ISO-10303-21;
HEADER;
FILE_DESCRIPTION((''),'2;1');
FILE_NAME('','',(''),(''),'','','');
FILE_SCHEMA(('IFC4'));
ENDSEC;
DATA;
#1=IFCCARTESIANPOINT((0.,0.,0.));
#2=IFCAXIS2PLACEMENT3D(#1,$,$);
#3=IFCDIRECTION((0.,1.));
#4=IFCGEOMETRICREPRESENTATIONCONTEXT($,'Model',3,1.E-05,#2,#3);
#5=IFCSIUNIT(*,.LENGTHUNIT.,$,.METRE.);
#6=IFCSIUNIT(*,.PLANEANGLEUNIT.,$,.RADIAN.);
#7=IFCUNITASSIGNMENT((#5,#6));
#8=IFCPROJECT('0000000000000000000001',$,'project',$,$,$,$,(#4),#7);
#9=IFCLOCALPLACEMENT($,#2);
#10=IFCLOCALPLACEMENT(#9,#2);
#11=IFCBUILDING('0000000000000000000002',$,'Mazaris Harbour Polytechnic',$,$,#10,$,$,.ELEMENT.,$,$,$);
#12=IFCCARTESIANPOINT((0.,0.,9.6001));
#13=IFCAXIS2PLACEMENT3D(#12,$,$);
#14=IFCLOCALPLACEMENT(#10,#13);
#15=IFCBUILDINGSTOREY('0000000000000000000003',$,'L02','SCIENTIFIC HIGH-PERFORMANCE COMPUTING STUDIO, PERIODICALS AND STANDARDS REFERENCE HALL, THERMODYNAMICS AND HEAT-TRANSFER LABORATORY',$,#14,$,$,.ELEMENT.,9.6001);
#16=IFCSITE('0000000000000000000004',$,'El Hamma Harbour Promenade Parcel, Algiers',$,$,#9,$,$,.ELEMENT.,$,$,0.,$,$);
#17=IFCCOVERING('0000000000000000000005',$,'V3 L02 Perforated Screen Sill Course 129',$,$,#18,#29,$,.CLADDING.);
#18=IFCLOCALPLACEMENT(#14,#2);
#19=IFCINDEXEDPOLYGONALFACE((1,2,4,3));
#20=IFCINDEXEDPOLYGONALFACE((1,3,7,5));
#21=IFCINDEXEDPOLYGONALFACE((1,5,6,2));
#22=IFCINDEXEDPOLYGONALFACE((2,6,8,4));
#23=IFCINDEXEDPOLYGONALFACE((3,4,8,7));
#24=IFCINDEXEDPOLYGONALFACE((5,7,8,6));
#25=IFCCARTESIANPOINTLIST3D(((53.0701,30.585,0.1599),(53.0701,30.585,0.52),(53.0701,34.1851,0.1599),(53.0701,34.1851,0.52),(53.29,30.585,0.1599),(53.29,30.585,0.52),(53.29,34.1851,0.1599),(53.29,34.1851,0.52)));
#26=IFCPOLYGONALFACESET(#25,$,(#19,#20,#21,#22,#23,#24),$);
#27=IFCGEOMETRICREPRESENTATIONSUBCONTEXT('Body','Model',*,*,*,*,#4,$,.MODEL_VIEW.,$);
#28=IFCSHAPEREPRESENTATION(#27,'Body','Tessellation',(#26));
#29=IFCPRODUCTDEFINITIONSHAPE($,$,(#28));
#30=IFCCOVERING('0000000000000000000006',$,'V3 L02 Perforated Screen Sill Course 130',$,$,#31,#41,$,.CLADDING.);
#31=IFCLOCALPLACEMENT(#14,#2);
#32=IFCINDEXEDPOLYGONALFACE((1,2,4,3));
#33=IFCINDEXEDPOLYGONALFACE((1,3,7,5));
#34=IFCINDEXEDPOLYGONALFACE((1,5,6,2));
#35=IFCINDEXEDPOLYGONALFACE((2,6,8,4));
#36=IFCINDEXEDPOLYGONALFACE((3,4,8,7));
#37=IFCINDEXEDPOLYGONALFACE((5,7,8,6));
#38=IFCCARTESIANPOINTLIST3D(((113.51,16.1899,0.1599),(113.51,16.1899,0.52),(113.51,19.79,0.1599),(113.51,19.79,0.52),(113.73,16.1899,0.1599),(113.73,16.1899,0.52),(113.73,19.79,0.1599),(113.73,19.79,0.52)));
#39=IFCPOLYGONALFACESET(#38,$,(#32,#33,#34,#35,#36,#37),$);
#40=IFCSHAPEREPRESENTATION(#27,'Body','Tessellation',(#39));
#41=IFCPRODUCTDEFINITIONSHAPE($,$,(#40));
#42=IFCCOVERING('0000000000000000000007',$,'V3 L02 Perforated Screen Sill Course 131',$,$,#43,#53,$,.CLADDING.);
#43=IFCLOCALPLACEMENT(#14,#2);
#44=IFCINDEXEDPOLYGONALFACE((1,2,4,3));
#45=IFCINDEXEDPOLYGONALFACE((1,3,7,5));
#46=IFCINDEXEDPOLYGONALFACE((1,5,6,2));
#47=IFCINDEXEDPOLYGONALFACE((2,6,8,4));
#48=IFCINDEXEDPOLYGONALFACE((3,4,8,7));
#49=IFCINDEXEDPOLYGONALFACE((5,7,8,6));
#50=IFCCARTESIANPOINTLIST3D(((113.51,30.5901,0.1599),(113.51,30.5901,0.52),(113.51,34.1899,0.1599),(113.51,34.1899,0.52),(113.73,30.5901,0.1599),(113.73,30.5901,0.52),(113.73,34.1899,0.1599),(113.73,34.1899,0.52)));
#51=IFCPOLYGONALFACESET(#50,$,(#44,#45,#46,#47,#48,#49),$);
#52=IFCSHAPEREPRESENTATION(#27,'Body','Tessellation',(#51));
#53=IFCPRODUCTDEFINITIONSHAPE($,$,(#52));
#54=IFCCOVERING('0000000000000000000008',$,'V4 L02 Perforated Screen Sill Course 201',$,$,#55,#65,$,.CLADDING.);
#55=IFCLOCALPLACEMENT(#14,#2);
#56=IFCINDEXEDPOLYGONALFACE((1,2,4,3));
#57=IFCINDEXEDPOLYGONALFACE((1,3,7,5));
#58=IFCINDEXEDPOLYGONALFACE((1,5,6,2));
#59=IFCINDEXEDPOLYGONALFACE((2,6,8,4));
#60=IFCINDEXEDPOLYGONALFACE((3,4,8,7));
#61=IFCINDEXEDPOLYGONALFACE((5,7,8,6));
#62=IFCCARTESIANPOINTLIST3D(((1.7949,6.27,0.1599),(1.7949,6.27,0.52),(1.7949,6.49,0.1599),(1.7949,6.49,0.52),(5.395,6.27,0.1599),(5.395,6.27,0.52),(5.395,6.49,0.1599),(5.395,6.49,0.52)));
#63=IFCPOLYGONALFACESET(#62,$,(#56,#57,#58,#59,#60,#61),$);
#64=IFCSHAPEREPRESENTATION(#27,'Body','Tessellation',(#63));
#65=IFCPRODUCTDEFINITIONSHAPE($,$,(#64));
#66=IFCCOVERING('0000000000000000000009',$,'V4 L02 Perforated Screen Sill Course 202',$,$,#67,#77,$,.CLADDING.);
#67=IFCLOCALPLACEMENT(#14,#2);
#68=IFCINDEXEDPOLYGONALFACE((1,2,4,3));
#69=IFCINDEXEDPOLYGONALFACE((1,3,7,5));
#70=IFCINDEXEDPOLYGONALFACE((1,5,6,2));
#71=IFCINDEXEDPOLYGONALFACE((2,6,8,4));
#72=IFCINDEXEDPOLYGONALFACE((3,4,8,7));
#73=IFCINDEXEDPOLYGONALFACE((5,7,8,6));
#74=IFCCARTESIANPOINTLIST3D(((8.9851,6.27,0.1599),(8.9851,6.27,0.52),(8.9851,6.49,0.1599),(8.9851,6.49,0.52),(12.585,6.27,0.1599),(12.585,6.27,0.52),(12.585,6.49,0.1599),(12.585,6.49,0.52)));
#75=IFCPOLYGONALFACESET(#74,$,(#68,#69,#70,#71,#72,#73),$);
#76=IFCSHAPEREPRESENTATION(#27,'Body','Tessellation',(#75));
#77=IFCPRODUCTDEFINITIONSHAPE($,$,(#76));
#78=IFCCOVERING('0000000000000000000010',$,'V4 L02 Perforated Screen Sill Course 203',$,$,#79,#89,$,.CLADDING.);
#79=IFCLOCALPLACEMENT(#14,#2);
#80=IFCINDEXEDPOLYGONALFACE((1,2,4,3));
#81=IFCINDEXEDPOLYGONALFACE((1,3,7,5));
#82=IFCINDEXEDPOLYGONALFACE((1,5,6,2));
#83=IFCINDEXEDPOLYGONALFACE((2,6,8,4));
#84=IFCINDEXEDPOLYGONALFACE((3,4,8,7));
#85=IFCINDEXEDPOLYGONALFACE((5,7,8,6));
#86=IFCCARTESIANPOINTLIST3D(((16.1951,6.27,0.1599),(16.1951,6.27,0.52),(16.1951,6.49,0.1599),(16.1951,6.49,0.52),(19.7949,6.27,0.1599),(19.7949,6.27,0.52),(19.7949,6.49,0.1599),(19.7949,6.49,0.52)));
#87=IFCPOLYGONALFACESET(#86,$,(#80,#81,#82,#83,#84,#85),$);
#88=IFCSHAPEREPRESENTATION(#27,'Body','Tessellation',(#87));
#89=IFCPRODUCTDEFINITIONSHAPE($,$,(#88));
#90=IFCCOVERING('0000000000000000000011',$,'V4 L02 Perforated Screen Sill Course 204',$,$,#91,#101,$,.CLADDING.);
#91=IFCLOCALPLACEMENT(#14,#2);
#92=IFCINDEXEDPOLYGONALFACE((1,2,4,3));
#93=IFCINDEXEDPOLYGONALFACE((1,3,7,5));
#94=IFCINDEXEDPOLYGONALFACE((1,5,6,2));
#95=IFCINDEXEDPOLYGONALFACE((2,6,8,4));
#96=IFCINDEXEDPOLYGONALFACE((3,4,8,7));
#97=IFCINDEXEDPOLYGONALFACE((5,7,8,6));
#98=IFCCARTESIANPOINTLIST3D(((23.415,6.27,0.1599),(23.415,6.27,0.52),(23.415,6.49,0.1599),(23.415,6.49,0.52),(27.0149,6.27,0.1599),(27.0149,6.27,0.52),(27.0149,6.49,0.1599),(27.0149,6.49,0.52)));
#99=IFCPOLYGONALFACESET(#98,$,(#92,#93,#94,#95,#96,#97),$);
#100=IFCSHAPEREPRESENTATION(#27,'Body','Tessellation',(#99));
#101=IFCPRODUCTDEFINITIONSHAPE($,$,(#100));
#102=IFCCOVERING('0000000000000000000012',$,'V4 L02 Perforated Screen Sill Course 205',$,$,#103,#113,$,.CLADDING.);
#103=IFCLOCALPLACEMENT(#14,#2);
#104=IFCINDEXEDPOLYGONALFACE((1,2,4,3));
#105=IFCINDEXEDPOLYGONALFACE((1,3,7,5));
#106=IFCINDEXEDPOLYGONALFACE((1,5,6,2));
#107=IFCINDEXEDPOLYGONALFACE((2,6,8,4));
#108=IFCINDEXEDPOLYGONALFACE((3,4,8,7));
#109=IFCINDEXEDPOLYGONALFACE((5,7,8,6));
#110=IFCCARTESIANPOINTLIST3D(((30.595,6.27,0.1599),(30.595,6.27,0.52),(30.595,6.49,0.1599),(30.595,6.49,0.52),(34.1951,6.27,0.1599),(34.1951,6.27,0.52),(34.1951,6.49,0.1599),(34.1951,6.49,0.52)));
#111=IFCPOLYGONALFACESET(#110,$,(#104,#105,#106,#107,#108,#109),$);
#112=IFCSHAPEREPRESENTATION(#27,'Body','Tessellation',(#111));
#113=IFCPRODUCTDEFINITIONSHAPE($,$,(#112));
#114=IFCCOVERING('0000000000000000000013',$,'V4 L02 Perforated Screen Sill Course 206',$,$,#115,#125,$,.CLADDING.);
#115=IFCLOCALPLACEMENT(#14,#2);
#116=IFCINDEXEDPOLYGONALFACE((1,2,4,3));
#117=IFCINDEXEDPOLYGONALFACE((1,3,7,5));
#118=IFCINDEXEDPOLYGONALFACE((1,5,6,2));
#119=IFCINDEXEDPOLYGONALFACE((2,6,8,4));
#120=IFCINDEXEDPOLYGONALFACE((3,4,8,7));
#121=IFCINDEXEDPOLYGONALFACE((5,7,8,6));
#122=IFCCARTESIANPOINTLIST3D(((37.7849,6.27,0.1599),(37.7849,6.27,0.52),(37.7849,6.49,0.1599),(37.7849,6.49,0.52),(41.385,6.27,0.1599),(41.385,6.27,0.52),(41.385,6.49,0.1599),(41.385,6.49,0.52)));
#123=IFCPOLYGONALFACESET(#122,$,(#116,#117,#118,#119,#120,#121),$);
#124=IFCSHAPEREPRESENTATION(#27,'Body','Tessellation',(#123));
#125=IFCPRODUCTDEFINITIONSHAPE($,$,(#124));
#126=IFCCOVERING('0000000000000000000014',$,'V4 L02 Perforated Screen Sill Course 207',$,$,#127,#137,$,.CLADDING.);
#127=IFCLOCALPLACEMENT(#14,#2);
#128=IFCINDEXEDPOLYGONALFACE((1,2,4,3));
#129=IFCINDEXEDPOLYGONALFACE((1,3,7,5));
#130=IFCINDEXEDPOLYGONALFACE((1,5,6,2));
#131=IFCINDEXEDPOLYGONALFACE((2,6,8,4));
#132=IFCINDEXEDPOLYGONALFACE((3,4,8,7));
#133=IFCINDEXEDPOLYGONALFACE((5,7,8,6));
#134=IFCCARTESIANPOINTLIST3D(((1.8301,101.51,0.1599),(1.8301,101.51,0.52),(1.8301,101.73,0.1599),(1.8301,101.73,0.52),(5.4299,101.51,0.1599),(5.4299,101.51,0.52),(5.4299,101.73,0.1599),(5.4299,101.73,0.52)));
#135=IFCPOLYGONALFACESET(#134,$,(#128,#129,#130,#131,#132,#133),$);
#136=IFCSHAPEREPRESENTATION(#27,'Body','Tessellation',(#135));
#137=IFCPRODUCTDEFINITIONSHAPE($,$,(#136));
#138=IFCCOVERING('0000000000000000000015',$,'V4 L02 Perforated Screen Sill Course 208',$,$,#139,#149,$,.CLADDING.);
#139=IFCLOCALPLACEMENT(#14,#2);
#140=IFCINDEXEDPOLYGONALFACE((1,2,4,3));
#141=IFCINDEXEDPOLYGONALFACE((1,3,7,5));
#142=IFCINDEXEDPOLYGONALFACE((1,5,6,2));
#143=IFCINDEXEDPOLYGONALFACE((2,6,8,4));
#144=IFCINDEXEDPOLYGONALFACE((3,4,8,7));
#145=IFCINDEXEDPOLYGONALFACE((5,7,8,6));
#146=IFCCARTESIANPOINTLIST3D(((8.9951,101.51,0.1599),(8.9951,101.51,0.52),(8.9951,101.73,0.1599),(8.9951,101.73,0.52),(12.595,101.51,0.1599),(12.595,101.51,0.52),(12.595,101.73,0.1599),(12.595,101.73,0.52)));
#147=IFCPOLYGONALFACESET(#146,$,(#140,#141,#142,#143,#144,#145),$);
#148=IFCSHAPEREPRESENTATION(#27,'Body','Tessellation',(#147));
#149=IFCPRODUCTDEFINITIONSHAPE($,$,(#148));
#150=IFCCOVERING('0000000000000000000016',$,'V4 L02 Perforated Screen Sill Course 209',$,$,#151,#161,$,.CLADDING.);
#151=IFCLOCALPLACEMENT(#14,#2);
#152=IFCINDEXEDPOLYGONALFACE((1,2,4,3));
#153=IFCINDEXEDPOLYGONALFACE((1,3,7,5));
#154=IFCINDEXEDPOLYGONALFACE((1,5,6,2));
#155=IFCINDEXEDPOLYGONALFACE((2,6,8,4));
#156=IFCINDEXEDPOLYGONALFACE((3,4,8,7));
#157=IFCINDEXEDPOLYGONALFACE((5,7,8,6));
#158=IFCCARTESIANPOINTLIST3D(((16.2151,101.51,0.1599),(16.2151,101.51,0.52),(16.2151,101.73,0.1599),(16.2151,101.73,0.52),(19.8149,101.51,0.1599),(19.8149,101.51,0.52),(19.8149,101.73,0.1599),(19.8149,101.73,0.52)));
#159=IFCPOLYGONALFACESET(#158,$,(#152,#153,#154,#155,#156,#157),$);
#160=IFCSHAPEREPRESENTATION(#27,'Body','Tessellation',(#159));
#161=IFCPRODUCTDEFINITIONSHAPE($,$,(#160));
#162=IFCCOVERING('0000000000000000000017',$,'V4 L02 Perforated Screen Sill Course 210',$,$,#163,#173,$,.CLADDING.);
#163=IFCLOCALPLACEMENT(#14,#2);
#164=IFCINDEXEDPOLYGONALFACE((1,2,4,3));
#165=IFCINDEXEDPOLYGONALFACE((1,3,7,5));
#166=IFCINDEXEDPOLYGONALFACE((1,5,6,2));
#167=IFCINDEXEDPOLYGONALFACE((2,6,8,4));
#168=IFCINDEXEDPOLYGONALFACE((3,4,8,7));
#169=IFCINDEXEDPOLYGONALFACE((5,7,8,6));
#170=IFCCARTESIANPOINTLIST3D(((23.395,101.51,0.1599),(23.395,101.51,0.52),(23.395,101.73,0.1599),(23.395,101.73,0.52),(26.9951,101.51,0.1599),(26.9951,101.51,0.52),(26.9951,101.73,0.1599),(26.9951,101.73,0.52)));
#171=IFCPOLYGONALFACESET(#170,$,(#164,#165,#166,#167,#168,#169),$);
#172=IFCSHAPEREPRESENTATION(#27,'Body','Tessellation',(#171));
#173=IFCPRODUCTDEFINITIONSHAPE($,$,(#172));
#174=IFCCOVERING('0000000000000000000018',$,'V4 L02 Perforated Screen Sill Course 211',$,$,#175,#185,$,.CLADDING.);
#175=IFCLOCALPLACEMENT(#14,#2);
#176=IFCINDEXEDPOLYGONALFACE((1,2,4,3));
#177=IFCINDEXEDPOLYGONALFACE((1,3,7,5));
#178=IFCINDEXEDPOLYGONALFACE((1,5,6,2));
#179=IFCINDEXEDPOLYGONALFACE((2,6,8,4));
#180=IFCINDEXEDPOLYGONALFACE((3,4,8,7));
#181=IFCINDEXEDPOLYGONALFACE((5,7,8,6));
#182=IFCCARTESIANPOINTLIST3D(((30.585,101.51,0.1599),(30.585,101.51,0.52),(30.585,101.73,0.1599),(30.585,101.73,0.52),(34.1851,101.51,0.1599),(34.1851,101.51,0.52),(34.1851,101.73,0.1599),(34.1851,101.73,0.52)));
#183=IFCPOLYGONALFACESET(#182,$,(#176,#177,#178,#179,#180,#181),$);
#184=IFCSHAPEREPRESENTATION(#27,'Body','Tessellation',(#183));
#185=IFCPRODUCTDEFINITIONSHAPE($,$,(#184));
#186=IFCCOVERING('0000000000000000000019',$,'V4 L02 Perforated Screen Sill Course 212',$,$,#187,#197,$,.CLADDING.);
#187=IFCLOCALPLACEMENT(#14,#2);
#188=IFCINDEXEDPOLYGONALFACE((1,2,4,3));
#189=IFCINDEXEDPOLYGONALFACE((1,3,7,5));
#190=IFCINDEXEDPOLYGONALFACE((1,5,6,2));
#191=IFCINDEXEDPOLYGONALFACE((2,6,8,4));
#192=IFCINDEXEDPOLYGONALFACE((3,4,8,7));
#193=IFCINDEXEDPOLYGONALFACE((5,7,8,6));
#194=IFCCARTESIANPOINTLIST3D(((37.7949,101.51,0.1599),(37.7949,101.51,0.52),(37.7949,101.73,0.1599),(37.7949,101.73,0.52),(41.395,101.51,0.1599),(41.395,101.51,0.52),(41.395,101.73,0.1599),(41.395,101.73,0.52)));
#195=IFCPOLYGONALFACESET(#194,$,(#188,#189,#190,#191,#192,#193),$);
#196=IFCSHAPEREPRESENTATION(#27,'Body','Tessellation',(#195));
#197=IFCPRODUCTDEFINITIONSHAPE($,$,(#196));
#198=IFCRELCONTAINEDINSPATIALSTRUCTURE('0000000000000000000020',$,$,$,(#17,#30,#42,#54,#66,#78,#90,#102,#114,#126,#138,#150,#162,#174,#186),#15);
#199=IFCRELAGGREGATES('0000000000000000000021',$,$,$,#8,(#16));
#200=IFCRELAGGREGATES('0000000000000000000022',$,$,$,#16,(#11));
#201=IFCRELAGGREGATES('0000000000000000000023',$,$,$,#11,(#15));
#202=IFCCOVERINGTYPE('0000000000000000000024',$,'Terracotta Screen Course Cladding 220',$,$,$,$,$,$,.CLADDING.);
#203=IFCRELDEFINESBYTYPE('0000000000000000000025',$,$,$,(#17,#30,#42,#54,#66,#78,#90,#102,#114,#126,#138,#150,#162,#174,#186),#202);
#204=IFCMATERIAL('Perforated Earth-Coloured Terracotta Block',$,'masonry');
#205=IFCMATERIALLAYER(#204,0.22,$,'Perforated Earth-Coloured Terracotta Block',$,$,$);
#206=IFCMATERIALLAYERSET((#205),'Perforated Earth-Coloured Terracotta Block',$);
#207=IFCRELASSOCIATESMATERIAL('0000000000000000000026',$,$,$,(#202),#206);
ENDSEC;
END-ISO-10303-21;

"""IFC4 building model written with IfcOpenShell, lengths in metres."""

from ifc_helpers import new_model, si_unit, direction, frame, origin, place, context, subcontext, project, spatial, polyline, outline, extrude, material, layer, layer_set, type_object, element, save


model = new_model("IFC4")

# Units and contexts
model_context = context("Model", 3, precision=1e-05, world=origin(), true_north=direction((0.0, 1.0)))
body_context = subcontext(model_context, "Body", "Model", "MODEL_VIEW")
ifc_project = project(units=[si_unit("LENGTHUNIT", "METRE"), si_unit("PLANEANGLEUNIT", "RADIAN")], contexts=[model_context])

# Site, building, storey
site_placement = place(None, origin())
site = spatial("IfcSite", under=ifc_project, at=site_placement, Name="El Hamma Harbour Promenade Parcel, Algiers", CompositionType="ELEMENT", RefElevation=0.0)
building_placement = place(site_placement, origin())
building = spatial("IfcBuilding", under=site, at=building_placement, Name="Mazaris Harbour Polytechnic", CompositionType="ELEMENT")
storey_placement = place(building_placement, frame((0.0, 0.0, 9.6001)))
storey = spatial("IfcBuildingStorey", under=building, at=storey_placement, Name="L02", Description="SCIENTIFIC HIGH-PERFORMANCE COMPUTING STUDIO, PERIODICALS AND STANDARDS REFERENCE HALL, THERMODYNAMICS AND HEAT-TRANSFER LABORATORY", CompositionType="ELEMENT", Elevation=9.6001)

# Coverings
ifc_material = material(Name="Perforated Earth-Coloured Terracotta Block", Category="masonry")
ifc_layer = layer(ifc_material, 0.22, Name="Perforated Earth-Coloured Terracotta Block")
ifc_layer_set = layer_set([ifc_layer], Name="Perforated Earth-Coloured Terracotta Block")
covering_type = type_object("IfcCoveringType", Name="Terracotta Screen Course Cladding 220", PredefinedType="CLADDING", material=ifc_layer_set)
covering_1_placement = place(storey_placement, frame((0.0, 0.0, 0.1599)))
element("IfcCovering", 1, at=covering_1_placement, inside=storey, type_object=covering_type, Name="V3 L02 Perforated Screen Sill Course 129", PredefinedType="CLADDING", context=body_context, shape_type="SweptSolid", body=[
    extrude(outline(polyline([(53.29, 30.585), (53.29, 34.1851), (53.0701, 34.1851), (53.0701, 30.585), (53.29, 30.585)])), origin(), (0.0, 0.0, 1.0), 0.3601),
])
covering_2_placement = place(storey_placement, frame((0.0, 0.0, 0.1599)))
element("IfcCovering", 2, at=covering_2_placement, inside=storey, type_object=covering_type, Name="V3 L02 Perforated Screen Sill Course 130", PredefinedType="CLADDING", context=body_context, shape_type="SweptSolid", body=[
    extrude(outline(polyline([(113.51, 19.79), (113.51, 16.1899), (113.73, 16.1899), (113.73, 19.79), (113.51, 19.79)])), origin(), (0.0, 0.0, 1.0), 0.3601),
])
covering_3_placement = place(storey_placement, frame((0.0, 0.0, 0.1599)))
element("IfcCovering", 3, at=covering_3_placement, inside=storey, type_object=covering_type, Name="V3 L02 Perforated Screen Sill Course 131", PredefinedType="CLADDING", context=body_context, shape_type="SweptSolid", body=[
    extrude(outline(polyline([(113.51, 34.1899), (113.51, 30.5901), (113.73, 30.5901), (113.73, 34.1899), (113.51, 34.1899)])), origin(), (0.0, 0.0, 1.0), 0.3601),
])
covering_4_placement = place(storey_placement, frame((0.0, 0.0, 0.1599)))
element("IfcCovering", 4, at=covering_4_placement, inside=storey, type_object=covering_type, Name="V4 L02 Perforated Screen Sill Course 201", PredefinedType="CLADDING", context=body_context, shape_type="SweptSolid", body=[
    extrude(outline(polyline([(5.395, 6.49), (1.7949, 6.49), (1.7949, 6.27), (5.395, 6.27), (5.395, 6.49)])), origin(), (0.0, 0.0, 1.0), 0.3601),
])
covering_5_placement = place(storey_placement, frame((0.0, 0.0, 0.1599)))
element("IfcCovering", 5, at=covering_5_placement, inside=storey, type_object=covering_type, Name="V4 L02 Perforated Screen Sill Course 202", PredefinedType="CLADDING", context=body_context, shape_type="SweptSolid", body=[
    extrude(outline(polyline([(12.585, 6.49), (8.9851, 6.49), (8.9851, 6.27), (12.585, 6.27), (12.585, 6.49)])), origin(), (0.0, 0.0, 1.0), 0.3601),
])
covering_6_placement = place(storey_placement, frame((0.0, 0.0, 0.1599)))
element("IfcCovering", 6, at=covering_6_placement, inside=storey, type_object=covering_type, Name="V4 L02 Perforated Screen Sill Course 203", PredefinedType="CLADDING", context=body_context, shape_type="SweptSolid", body=[
    extrude(outline(polyline([(19.7949, 6.49), (16.1951, 6.49), (16.1951, 6.27), (19.7949, 6.27), (19.7949, 6.49)])), origin(), (0.0, 0.0, 1.0), 0.3601),
])
covering_7_placement = place(storey_placement, frame((0.0, 0.0, 0.1599)))
element("IfcCovering", 7, at=covering_7_placement, inside=storey, type_object=covering_type, Name="V4 L02 Perforated Screen Sill Course 204", PredefinedType="CLADDING", context=body_context, shape_type="SweptSolid", body=[
    extrude(outline(polyline([(27.0149, 6.49), (23.415, 6.49), (23.415, 6.27), (27.0149, 6.27), (27.0149, 6.49)])), origin(), (0.0, 0.0, 1.0), 0.3601),
])
covering_8_placement = place(storey_placement, frame((0.0, 0.0, 0.1599)))
element("IfcCovering", 8, at=covering_8_placement, inside=storey, type_object=covering_type, Name="V4 L02 Perforated Screen Sill Course 205", PredefinedType="CLADDING", context=body_context, shape_type="SweptSolid", body=[
    extrude(outline(polyline([(34.1951, 6.49), (30.595, 6.49), (30.595, 6.27), (34.1951, 6.27), (34.1951, 6.49)])), origin(), (0.0, 0.0, 1.0), 0.3601),
])
covering_9_placement = place(storey_placement, frame((0.0, 0.0, 0.1599)))
element("IfcCovering", 9, at=covering_9_placement, inside=storey, type_object=covering_type, Name="V4 L02 Perforated Screen Sill Course 206", PredefinedType="CLADDING", context=body_context, shape_type="SweptSolid", body=[
    extrude(outline(polyline([(41.385, 6.49), (37.7849, 6.49), (37.7849, 6.27), (41.385, 6.27), (41.385, 6.49)])), origin(), (0.0, 0.0, 1.0), 0.3601),
])
covering_10_placement = place(storey_placement, frame((0.0, 0.0, 0.1599)))
element("IfcCovering", 10, at=covering_10_placement, inside=storey, type_object=covering_type, Name="V4 L02 Perforated Screen Sill Course 207", PredefinedType="CLADDING", context=body_context, shape_type="SweptSolid", body=[
    extrude(outline(polyline([(1.8301, 101.51), (5.4299, 101.51), (5.4299, 101.73), (1.8301, 101.73), (1.8301, 101.51)])), origin(), (0.0, 0.0, 1.0), 0.3601),
])
covering_11_placement = place(storey_placement, frame((0.0, 0.0, 0.1599)))
element("IfcCovering", 11, at=covering_11_placement, inside=storey, type_object=covering_type, Name="V4 L02 Perforated Screen Sill Course 208", PredefinedType="CLADDING", context=body_context, shape_type="SweptSolid", body=[
    extrude(outline(polyline([(8.9951, 101.51), (12.595, 101.51), (12.595, 101.73), (8.9951, 101.73), (8.9951, 101.51)])), origin(), (0.0, 0.0, 1.0), 0.3601),
])
covering_12_placement = place(storey_placement, frame((0.0, 0.0, 0.1599)))
element("IfcCovering", 12, at=covering_12_placement, inside=storey, type_object=covering_type, Name="V4 L02 Perforated Screen Sill Course 209", PredefinedType="CLADDING", context=body_context, shape_type="SweptSolid", body=[
    extrude(outline(polyline([(16.2151, 101.51), (19.8149, 101.51), (19.8149, 101.73), (16.2151, 101.73), (16.2151, 101.51)])), origin(), (0.0, 0.0, 1.0), 0.3601),
])
covering_13_placement = place(storey_placement, frame((0.0, 0.0, 0.1599)))
element("IfcCovering", 13, at=covering_13_placement, inside=storey, type_object=covering_type, Name="V4 L02 Perforated Screen Sill Course 210", PredefinedType="CLADDING", context=body_context, shape_type="SweptSolid", body=[
    extrude(outline(polyline([(23.395, 101.51), (26.9951, 101.51), (26.9951, 101.73), (23.395, 101.73), (23.395, 101.51)])), origin(), (0.0, 0.0, 1.0), 0.3601),
])
covering_14_placement = place(storey_placement, frame((0.0, 0.0, 0.1599)))
element("IfcCovering", 14, at=covering_14_placement, inside=storey, type_object=covering_type, Name="V4 L02 Perforated Screen Sill Course 211", PredefinedType="CLADDING", context=body_context, shape_type="SweptSolid", body=[
    extrude(outline(polyline([(30.585, 101.51), (34.1851, 101.51), (34.1851, 101.73), (30.585, 101.73), (30.585, 101.51)])), origin(), (0.0, 0.0, 1.0), 0.3601),
])
covering_15_placement = place(storey_placement, frame((0.0, 0.0, 0.1599)))
element("IfcCovering", 15, at=covering_15_placement, inside=storey, type_object=covering_type, Name="V4 L02 Perforated Screen Sill Course 212", PredefinedType="CLADDING", context=body_context, shape_type="SweptSolid", body=[
    extrude(outline(polyline([(37.7949, 101.51), (41.395, 101.51), (41.395, 101.73), (37.7949, 101.73), (37.7949, 101.51)])), origin(), (0.0, 0.0, 1.0), 0.3601),
])

save(model, "model.ifc")
